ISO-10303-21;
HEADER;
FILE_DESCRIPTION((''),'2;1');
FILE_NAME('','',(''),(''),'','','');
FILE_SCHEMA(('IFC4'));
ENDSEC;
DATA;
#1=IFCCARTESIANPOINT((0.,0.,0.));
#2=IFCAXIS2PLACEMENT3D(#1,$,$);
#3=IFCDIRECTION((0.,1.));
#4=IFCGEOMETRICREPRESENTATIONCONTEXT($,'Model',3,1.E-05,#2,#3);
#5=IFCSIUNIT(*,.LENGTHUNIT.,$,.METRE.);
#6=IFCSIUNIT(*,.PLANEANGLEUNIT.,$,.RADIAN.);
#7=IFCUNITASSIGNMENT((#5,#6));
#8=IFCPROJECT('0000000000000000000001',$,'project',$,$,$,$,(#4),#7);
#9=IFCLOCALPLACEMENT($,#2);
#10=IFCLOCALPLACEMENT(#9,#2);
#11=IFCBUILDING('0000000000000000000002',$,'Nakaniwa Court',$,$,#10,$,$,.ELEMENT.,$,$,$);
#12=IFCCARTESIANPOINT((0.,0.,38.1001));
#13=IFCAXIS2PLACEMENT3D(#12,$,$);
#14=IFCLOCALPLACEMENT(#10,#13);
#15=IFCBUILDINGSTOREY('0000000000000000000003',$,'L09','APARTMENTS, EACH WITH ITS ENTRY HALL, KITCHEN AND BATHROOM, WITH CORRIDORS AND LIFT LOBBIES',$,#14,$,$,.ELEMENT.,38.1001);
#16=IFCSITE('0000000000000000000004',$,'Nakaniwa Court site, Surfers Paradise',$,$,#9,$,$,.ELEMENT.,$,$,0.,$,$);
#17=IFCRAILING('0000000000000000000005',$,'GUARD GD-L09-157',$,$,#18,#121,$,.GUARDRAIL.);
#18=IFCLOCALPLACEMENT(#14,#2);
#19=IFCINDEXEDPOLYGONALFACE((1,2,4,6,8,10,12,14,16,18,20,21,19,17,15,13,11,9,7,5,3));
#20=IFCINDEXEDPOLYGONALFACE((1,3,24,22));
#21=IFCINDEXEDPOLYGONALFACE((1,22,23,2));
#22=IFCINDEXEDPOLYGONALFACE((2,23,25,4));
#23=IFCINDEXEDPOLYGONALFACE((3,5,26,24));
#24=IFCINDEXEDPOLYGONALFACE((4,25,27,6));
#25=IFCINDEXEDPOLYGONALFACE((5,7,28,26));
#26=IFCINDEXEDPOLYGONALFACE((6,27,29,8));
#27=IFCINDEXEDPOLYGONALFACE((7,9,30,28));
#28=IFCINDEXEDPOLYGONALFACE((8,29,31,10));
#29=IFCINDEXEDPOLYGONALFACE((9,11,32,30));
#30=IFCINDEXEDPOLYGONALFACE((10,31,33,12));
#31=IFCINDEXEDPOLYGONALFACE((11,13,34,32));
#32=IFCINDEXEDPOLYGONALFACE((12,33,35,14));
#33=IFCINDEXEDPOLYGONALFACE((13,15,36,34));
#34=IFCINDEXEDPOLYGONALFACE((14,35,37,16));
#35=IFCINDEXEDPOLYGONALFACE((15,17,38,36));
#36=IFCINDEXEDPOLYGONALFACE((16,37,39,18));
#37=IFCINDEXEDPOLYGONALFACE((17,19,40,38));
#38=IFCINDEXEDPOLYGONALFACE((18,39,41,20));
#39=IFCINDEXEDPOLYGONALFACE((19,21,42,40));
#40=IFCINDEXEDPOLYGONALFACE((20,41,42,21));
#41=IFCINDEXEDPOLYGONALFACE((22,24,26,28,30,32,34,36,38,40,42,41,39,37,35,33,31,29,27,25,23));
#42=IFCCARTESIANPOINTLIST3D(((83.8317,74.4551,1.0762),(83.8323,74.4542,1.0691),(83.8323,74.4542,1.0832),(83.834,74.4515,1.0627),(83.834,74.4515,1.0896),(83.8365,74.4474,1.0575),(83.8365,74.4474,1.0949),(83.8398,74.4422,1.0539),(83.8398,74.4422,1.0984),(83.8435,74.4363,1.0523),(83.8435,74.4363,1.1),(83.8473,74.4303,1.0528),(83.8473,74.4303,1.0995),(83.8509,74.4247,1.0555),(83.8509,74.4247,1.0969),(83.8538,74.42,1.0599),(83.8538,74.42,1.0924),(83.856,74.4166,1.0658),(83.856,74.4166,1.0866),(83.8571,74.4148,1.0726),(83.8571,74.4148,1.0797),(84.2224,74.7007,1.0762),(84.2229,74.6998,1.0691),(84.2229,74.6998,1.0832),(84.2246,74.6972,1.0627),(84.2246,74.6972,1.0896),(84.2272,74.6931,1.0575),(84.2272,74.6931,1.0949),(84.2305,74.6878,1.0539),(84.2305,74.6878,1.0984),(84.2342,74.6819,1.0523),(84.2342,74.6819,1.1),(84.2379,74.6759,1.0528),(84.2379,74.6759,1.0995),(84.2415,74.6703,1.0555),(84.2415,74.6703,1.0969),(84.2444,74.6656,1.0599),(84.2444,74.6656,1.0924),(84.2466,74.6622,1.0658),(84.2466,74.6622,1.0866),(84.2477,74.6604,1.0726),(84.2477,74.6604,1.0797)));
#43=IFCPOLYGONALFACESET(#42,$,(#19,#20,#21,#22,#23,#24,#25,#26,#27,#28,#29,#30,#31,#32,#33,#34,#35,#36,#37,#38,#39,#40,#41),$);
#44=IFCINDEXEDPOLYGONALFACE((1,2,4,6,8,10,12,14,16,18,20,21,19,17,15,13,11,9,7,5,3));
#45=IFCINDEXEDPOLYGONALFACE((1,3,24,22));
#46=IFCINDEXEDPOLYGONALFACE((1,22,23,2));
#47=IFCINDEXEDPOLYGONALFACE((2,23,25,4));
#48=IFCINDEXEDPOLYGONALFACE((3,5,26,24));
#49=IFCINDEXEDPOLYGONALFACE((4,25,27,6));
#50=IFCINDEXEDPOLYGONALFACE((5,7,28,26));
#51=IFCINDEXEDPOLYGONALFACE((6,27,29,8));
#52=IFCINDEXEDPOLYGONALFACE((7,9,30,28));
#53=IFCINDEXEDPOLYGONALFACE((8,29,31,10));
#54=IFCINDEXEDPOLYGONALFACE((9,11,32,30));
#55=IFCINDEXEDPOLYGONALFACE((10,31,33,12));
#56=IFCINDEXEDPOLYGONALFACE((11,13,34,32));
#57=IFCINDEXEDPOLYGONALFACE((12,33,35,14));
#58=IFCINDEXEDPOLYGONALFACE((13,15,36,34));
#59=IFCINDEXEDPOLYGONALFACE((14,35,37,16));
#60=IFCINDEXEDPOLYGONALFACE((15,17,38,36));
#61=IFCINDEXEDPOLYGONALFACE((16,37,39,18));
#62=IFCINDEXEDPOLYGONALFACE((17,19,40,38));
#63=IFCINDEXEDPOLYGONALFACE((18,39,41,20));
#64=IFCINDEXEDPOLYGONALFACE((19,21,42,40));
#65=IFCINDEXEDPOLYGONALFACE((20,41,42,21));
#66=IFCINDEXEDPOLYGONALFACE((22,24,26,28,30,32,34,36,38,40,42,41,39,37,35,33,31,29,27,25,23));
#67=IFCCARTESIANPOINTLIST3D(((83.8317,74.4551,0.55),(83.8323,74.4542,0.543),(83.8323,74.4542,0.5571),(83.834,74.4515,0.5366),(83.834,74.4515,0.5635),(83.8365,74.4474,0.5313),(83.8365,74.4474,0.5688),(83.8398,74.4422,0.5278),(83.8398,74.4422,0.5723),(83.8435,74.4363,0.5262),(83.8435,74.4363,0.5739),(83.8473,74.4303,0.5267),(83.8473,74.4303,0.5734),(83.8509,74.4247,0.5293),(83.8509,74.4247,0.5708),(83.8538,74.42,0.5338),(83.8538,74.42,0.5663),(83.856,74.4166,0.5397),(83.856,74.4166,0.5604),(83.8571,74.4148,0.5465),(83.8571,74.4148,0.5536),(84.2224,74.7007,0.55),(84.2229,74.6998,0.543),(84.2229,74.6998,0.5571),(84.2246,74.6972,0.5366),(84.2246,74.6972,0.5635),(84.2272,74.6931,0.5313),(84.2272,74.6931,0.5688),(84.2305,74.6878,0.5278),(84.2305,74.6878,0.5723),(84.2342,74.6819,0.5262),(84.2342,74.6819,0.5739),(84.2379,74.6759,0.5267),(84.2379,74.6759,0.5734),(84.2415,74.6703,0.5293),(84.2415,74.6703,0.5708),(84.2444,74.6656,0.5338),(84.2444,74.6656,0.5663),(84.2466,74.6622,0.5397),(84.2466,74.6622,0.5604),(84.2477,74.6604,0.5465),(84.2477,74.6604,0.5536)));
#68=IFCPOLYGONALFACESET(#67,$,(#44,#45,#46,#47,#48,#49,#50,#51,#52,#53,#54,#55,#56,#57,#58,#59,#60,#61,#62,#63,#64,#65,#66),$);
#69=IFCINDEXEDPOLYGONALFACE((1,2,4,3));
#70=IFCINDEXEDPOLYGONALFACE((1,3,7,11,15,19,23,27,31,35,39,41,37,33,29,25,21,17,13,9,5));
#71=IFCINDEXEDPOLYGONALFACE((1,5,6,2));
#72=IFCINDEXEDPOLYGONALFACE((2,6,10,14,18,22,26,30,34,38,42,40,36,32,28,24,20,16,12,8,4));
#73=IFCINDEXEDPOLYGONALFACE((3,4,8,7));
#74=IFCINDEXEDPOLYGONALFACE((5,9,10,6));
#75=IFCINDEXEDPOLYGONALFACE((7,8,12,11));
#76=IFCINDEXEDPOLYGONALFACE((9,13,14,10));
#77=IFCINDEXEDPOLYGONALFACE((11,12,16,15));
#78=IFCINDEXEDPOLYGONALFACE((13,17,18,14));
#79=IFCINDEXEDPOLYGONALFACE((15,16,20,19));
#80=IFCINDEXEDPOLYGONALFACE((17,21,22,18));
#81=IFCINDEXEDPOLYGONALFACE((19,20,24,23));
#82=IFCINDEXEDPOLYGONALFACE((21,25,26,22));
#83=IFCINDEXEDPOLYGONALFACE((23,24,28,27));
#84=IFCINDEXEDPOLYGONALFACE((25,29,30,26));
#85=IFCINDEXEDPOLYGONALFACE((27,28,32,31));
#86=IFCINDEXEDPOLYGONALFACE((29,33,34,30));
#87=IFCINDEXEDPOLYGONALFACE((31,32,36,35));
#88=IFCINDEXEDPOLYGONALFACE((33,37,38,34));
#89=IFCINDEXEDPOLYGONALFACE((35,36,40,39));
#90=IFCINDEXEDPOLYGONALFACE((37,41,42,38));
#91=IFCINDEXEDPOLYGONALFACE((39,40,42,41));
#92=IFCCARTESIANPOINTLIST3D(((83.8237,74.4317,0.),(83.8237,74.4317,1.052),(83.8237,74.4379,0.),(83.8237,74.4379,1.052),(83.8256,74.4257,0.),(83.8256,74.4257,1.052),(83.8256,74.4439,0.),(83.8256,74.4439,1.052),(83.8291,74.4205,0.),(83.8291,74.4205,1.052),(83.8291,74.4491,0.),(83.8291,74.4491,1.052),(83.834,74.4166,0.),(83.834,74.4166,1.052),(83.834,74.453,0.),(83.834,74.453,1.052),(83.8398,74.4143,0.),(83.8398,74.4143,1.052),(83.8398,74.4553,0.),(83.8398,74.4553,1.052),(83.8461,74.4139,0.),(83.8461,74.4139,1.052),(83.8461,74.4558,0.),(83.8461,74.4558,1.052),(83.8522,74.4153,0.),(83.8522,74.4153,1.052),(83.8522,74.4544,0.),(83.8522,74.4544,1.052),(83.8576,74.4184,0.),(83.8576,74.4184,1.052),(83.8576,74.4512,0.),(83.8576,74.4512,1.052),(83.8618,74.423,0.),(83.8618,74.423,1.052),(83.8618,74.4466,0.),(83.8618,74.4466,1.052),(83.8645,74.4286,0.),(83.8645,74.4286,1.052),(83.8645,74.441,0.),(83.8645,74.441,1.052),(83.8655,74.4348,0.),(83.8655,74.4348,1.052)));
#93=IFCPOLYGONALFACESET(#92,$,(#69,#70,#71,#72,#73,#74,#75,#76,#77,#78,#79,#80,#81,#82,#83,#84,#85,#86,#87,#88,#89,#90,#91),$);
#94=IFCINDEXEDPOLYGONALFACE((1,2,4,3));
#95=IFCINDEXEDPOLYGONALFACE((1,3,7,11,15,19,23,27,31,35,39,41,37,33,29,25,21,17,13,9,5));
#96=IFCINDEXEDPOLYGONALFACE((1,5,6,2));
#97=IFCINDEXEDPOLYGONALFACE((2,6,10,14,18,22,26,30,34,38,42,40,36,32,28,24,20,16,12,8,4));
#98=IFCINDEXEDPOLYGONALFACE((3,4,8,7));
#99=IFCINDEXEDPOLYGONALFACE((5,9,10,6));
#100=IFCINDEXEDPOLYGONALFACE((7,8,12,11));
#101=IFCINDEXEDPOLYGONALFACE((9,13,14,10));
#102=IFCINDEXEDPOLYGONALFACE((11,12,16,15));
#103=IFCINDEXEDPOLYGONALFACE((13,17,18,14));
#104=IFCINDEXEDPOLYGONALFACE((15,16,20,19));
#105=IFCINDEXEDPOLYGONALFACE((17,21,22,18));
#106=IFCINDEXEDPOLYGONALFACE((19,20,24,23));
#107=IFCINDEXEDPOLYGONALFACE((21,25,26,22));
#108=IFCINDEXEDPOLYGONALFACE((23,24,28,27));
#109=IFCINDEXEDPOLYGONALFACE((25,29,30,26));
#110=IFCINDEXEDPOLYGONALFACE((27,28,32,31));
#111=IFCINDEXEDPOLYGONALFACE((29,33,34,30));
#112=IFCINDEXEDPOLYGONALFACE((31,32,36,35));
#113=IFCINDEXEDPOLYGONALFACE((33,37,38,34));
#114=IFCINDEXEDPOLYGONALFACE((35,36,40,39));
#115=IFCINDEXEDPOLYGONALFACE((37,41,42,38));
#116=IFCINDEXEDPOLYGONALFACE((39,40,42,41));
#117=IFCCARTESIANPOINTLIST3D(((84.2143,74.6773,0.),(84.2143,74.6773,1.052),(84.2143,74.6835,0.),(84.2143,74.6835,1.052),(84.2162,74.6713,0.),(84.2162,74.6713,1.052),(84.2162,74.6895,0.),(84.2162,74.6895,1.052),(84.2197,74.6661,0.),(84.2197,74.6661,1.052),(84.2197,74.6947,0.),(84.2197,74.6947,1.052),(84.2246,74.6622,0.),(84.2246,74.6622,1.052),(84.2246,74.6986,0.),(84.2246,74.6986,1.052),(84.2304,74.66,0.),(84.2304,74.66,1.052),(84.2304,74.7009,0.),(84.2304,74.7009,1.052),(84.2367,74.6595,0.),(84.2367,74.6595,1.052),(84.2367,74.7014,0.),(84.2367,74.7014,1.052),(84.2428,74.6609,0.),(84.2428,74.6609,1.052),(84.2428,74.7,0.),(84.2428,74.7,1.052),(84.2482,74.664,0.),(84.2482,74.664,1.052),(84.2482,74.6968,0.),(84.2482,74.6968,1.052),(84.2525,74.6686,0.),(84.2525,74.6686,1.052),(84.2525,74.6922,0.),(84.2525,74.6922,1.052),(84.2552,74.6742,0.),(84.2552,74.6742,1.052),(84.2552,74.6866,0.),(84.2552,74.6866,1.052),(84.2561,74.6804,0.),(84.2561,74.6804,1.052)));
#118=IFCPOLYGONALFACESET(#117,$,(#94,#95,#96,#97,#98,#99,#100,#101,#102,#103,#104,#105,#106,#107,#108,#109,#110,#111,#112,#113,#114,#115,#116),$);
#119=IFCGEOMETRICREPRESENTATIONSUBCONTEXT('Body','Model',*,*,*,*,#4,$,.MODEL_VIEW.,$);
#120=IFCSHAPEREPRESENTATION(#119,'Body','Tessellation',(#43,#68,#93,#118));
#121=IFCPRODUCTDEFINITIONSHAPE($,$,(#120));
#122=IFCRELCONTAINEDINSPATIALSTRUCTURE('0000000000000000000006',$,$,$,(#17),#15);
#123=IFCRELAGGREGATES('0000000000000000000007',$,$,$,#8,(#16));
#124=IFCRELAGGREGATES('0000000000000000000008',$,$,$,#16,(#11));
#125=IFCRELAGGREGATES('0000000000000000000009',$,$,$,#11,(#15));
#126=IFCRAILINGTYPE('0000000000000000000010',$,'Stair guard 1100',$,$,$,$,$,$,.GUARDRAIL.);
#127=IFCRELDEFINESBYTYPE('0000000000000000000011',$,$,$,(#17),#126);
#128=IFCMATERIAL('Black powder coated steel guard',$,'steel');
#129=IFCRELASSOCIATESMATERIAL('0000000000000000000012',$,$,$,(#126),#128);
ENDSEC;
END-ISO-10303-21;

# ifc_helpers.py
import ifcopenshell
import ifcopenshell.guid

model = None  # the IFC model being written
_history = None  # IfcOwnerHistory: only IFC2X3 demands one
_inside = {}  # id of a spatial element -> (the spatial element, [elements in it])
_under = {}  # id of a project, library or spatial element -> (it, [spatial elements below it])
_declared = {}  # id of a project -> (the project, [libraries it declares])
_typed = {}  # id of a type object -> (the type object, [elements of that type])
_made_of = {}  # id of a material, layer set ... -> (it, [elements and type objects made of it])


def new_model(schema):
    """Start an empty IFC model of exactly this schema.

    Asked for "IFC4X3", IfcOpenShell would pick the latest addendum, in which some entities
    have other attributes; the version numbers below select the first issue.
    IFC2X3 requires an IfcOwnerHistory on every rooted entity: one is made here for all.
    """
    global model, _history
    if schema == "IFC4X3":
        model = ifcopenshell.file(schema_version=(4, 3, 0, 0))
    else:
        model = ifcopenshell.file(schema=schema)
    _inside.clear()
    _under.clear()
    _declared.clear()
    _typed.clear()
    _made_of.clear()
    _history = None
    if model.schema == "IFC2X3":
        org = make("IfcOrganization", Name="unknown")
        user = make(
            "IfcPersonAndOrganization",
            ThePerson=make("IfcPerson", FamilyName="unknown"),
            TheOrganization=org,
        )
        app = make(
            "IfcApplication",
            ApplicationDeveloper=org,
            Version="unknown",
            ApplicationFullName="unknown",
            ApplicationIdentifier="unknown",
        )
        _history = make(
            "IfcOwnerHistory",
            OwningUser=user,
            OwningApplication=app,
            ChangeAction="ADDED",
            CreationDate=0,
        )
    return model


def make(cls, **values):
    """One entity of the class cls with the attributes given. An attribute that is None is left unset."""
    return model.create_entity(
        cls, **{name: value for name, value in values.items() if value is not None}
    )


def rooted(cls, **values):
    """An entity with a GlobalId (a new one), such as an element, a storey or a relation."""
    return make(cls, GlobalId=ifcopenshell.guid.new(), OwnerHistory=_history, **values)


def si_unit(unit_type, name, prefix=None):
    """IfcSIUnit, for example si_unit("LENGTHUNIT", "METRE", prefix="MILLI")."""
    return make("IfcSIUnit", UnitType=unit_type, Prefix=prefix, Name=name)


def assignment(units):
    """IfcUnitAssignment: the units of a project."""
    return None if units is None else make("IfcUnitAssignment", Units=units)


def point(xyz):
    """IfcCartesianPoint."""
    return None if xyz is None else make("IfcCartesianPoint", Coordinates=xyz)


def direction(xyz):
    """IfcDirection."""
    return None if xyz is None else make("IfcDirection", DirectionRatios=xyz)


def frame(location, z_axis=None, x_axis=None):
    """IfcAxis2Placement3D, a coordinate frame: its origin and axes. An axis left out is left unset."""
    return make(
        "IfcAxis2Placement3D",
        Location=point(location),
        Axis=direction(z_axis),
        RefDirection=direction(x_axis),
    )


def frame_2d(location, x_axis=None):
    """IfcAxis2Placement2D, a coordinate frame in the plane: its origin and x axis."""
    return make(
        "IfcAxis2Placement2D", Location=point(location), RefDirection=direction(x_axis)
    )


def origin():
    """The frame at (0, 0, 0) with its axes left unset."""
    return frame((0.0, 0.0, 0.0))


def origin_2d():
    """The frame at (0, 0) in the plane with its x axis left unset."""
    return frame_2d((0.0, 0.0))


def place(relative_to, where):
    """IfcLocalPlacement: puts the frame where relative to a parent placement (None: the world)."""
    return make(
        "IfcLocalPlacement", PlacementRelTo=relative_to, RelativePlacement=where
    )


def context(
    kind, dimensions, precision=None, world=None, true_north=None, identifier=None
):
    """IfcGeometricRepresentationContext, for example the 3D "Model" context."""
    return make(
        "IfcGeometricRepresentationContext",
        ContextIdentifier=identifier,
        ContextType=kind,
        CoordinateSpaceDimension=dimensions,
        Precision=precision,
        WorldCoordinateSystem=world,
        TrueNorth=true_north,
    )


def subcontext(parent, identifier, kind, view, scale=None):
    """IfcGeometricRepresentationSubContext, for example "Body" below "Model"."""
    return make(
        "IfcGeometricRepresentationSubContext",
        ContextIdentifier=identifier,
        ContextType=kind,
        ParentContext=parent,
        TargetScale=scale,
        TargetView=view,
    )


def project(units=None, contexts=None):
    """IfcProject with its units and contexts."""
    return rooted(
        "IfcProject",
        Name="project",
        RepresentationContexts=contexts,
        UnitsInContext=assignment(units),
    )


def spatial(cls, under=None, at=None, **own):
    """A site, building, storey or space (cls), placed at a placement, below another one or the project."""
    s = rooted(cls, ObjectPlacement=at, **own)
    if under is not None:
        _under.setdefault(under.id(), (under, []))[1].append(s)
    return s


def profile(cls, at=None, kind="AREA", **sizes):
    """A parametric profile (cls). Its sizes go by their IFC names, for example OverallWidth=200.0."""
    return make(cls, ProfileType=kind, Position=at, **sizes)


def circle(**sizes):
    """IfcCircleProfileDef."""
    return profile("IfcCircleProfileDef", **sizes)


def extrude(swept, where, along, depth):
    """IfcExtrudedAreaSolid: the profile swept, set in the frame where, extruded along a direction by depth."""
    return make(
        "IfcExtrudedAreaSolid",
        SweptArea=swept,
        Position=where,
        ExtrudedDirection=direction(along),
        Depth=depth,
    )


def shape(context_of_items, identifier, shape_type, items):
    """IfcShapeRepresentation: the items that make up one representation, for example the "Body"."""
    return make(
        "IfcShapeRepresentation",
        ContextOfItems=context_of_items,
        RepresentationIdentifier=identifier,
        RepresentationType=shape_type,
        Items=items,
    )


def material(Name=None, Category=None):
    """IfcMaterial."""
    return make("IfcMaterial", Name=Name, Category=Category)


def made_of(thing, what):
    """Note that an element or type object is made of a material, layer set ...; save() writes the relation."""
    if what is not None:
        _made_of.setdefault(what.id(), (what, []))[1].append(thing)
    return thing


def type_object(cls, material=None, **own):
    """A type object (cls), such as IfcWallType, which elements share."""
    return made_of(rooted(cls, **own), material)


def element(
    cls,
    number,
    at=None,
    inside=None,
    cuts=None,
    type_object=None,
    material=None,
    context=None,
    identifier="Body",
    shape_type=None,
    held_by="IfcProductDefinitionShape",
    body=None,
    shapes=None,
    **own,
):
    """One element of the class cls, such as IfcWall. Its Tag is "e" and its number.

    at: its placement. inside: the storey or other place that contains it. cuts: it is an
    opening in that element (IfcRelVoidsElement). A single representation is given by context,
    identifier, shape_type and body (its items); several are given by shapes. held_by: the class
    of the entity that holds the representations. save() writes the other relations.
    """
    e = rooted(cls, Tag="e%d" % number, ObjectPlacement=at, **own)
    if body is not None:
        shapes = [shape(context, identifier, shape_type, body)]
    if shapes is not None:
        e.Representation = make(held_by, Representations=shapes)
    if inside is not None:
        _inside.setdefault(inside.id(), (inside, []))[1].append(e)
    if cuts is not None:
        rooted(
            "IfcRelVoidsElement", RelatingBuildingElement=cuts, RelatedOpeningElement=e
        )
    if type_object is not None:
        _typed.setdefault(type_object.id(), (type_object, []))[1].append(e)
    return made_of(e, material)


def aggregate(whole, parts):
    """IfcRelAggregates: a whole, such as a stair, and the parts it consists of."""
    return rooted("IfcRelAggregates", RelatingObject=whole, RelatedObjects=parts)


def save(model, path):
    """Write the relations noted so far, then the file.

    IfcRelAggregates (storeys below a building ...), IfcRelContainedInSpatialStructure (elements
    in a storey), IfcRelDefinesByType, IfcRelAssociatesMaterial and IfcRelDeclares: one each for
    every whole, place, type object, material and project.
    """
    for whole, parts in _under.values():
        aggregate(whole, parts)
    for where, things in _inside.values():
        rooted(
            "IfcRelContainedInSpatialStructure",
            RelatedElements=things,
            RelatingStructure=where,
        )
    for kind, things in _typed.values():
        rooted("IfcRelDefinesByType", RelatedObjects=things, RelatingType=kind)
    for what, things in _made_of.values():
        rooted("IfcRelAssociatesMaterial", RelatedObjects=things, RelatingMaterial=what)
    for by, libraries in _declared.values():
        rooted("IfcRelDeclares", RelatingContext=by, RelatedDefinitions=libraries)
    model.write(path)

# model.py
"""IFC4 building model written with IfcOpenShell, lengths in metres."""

from ifc_helpers import new_model, si_unit, direction, frame, origin, origin_2d, place, context, subcontext, project, spatial, circle, extrude, material, type_object, element, save


model = new_model("IFC4")

# Units and contexts
model_context = context("Model", 3, precision=1e-05, world=origin(), true_north=direction((0.0, 1.0)))
body_context = subcontext(model_context, "Body", "Model", "MODEL_VIEW")
ifc_project = project(units=[si_unit("LENGTHUNIT", "METRE"), si_unit("PLANEANGLEUNIT", "RADIAN")], contexts=[model_context])

# Site, building, storey
site_placement = place(None, origin())
site = spatial("IfcSite", under=ifc_project, at=site_placement, Name="Nakaniwa Court site, Surfers Paradise", CompositionType="ELEMENT", RefElevation=0.0)
building_placement = place(site_placement, origin())
building = spatial("IfcBuilding", under=site, at=building_placement, Name="Nakaniwa Court", CompositionType="ELEMENT")
storey_placement = place(building_placement, frame((0.0, 0.0, 38.1001)))
storey = spatial("IfcBuildingStorey", under=building, at=storey_placement, Name="L09", Description="APARTMENTS, EACH WITH ITS ENTRY HALL, KITCHEN AND BATHROOM, WITH CORRIDORS AND LIFT LOBBIES", CompositionType="ELEMENT", Elevation=38.1001)

# Railing
ifc_material_1 = material(Name="Black powder coated steel guard", Category="steel")
railing_type = type_object("IfcRailingType", Name="Stair guard 1100", PredefinedType="GUARDRAIL", material=ifc_material_1)
railing_1_placement = place(storey_placement, frame((83.8445, 74.4348, 0.0)))
element("IfcRailing", 1, at=railing_1_placement, inside=storey, type_object=railing_type, Name="GUARD GD-L09-157", PredefinedType="GUARDRAIL", context=body_context, shape_type="SweptSolid", body=[
    extrude(circle(Radius=0.0239, at=origin_2d()), frame((0.0, 0.0, 1.0762), z_axis=(0.846568, 0.53228, 0.0), x_axis=(-0.53228, 0.846568, 0.0)), (0.0, 0.0, 1.0), 0.4614),
    extrude(circle(Radius=0.0239, at=origin_2d()), frame((0.0, 0.0, 0.55), z_axis=(0.846568, 0.53228, 0.0), x_axis=(-0.53228, 0.846568, 0.0)), (0.0, 0.0, 1.0), 0.4614),
    extrude(circle(Radius=0.021, at=origin_2d()), origin(), (0.0, 0.0, 1.0), 1.052),
    extrude(circle(Radius=0.021, at=origin_2d()), frame((0.3906, 0.2456, 0.0)), (0.0, 0.0, 1.0), 1.052),
])

save(model, "model.ifc")
